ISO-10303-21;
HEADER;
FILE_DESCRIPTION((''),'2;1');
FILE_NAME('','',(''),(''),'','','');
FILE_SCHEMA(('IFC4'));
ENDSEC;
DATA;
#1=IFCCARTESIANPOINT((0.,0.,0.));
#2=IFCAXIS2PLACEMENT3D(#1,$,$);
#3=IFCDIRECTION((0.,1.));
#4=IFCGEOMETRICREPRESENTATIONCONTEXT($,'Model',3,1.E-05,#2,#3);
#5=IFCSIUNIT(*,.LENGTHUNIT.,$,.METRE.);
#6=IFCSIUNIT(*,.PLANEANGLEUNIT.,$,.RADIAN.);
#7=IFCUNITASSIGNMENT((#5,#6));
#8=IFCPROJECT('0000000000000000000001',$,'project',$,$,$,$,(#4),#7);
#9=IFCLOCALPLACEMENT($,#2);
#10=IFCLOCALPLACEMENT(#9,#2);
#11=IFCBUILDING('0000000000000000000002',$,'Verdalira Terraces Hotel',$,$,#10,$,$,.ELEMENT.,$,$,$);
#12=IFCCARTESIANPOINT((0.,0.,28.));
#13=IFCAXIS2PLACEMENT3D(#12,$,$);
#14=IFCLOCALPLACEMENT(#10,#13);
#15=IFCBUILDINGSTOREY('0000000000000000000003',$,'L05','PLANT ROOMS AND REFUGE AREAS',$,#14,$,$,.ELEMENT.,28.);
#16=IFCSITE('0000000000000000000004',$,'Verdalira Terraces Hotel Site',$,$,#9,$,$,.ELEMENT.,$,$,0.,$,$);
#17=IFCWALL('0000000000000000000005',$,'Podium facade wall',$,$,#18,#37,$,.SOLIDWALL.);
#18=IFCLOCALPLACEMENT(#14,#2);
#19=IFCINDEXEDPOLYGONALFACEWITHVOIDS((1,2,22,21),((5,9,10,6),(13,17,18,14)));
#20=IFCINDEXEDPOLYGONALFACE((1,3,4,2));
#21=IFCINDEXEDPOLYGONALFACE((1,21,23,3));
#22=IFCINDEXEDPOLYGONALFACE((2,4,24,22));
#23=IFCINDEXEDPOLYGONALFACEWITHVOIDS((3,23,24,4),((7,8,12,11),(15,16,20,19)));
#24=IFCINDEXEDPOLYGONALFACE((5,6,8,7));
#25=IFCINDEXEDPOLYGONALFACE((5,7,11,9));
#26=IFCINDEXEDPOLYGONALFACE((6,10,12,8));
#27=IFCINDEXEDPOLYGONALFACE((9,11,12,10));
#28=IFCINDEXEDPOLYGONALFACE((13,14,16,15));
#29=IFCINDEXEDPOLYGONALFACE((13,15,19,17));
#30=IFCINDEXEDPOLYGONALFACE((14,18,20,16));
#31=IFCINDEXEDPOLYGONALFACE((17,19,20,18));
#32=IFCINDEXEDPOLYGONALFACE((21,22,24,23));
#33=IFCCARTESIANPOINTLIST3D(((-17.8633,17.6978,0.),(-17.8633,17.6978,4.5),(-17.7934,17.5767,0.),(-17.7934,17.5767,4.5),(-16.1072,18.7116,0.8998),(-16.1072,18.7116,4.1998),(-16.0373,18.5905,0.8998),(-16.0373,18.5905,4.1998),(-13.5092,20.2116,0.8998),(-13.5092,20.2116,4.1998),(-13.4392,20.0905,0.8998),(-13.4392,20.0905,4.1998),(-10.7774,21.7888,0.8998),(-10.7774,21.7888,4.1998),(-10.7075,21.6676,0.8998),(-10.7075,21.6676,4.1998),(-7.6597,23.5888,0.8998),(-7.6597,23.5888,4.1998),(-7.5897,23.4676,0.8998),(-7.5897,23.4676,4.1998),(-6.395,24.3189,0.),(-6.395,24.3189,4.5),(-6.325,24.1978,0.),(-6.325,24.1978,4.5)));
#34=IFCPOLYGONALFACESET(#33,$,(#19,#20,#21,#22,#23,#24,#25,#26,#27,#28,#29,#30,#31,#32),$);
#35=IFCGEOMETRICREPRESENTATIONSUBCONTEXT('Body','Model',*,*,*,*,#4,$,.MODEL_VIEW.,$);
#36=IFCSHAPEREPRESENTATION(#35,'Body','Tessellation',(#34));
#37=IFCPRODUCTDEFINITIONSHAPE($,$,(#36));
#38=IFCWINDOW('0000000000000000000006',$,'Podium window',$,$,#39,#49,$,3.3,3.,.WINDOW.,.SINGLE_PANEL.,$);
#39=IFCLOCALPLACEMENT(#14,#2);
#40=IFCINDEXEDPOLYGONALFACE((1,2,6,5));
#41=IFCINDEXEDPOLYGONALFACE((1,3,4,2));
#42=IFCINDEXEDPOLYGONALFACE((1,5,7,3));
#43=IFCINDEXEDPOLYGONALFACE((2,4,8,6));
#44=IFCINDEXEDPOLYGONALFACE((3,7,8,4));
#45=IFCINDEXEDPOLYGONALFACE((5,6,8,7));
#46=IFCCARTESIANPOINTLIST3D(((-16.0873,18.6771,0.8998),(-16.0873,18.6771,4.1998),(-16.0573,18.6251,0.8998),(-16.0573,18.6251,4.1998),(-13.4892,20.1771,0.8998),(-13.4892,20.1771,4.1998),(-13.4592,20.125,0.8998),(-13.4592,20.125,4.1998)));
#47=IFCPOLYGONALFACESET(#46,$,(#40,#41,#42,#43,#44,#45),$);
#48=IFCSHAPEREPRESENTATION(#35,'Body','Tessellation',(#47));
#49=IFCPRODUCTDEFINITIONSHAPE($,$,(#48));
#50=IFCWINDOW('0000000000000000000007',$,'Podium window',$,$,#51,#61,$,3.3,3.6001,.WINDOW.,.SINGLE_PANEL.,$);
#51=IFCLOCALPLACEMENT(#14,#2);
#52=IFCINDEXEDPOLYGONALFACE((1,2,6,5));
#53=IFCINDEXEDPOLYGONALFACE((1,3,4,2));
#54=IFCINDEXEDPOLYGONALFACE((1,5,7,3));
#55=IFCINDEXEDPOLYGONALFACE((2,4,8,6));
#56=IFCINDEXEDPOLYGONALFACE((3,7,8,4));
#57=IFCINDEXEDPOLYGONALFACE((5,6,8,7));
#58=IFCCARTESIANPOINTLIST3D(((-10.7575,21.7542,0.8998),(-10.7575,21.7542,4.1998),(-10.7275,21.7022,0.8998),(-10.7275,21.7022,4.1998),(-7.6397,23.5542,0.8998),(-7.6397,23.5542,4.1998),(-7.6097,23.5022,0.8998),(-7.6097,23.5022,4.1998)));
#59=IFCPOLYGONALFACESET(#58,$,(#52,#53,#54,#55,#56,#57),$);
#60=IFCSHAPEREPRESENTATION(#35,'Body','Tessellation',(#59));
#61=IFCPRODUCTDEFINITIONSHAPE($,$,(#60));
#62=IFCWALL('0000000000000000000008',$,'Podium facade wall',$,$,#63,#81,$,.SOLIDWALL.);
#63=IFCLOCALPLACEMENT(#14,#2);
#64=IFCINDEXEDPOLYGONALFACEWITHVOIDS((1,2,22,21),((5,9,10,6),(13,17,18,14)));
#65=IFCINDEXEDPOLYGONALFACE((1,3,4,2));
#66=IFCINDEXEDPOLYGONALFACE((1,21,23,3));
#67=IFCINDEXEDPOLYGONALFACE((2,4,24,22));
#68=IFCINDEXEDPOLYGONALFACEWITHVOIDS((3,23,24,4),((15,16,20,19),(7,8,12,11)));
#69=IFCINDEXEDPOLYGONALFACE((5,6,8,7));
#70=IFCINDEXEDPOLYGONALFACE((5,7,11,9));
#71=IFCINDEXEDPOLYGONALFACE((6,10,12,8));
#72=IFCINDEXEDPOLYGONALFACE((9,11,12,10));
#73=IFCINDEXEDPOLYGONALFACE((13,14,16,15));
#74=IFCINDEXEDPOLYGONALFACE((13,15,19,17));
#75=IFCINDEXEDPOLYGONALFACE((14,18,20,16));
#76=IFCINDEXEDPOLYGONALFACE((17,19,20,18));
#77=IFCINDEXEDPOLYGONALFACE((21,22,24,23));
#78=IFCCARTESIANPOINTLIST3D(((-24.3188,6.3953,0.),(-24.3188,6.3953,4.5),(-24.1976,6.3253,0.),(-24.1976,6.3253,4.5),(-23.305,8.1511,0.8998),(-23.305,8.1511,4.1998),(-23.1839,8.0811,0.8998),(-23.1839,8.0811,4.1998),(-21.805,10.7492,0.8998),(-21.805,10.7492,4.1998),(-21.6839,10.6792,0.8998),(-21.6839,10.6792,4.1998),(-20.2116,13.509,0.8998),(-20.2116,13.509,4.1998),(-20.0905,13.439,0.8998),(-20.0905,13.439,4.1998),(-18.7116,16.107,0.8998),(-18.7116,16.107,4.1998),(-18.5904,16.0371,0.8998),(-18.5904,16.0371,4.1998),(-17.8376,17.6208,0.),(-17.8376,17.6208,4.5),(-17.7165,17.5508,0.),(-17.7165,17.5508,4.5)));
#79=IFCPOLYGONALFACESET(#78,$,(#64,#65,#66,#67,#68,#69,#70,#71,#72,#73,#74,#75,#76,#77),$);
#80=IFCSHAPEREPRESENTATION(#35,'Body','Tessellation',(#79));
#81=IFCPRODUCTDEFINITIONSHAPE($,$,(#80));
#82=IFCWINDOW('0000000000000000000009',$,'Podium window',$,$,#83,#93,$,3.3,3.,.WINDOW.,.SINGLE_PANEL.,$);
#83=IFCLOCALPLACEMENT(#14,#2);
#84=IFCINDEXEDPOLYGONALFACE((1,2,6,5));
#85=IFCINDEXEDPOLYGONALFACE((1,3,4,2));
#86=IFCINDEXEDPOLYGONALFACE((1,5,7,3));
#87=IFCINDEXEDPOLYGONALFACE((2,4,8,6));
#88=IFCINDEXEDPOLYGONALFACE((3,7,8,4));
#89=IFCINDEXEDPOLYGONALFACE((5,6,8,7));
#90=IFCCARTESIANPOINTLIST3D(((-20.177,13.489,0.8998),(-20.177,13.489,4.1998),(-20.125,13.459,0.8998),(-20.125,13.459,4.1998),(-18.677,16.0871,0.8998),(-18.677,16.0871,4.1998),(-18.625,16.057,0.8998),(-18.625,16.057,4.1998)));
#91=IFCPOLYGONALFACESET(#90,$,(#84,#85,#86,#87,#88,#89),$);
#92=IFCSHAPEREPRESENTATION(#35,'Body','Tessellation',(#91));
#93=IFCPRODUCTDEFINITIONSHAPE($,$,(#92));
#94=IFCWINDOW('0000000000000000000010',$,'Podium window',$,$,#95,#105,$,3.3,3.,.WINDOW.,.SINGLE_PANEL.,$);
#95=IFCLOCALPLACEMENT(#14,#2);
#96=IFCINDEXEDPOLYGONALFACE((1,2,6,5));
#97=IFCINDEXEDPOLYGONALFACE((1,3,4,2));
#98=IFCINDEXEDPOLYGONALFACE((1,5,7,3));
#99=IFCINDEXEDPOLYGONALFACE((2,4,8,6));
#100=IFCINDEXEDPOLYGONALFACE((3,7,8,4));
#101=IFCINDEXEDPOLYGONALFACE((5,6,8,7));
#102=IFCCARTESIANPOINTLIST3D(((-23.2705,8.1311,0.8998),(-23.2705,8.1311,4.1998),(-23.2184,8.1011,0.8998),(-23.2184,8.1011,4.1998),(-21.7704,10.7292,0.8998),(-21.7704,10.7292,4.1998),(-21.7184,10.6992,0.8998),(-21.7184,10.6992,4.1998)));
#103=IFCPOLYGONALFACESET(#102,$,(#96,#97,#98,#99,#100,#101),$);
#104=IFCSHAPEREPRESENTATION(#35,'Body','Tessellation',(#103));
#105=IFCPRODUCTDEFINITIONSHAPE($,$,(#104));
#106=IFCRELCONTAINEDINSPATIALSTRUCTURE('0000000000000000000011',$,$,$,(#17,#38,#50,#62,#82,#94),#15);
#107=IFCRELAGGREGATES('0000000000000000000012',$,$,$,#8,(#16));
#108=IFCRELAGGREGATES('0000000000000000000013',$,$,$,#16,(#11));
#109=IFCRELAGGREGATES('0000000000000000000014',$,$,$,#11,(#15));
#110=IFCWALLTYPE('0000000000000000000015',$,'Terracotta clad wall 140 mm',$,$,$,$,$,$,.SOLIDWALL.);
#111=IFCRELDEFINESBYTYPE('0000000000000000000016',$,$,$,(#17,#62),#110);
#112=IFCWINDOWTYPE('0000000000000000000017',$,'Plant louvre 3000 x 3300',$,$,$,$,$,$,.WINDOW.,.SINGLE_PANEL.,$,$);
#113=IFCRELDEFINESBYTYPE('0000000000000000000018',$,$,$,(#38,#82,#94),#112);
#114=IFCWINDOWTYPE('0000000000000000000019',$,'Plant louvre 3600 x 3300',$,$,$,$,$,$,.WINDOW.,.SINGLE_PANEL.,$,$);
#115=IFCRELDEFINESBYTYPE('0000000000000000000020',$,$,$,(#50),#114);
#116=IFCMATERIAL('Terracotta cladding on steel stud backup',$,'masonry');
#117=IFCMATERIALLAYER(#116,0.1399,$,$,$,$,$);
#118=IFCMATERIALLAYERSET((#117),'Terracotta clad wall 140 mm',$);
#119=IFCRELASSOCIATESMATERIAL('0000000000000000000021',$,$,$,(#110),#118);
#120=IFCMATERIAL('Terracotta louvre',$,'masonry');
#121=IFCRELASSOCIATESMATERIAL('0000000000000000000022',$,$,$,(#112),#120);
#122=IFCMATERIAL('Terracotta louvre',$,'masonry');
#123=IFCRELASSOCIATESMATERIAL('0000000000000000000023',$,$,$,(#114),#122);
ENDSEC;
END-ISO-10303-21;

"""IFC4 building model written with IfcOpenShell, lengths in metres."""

from ifc_helpers import new_model, si_unit, direction, frame, frame_2d, origin, place, context, subcontext, project, spatial, rectangle, extrude, material, layer, layer_set, type_object, element, fill, save


model = new_model("IFC4")

# Units and contexts
model_context = context("Model", 3, precision=1e-05, world=origin(), true_north=direction((0.0, 1.0)))
body_context = subcontext(model_context, "Body", "Model", "MODEL_VIEW")
ifc_project = project(units=[si_unit("LENGTHUNIT", "METRE"), si_unit("PLANEANGLEUNIT", "RADIAN")], contexts=[model_context])

# Site, building, storey
site_placement = place(None, origin())
site = spatial("IfcSite", under=ifc_project, at=site_placement, Name="Verdalira Terraces Hotel Site", CompositionType="ELEMENT", RefElevation=0.0)
building_placement = place(site_placement, origin())
building = spatial("IfcBuilding", under=site, at=building_placement, Name="Verdalira Terraces Hotel", CompositionType="ELEMENT")
storey_placement = place(building_placement, frame((0.0, 0.0, 28.0)))
storey = spatial("IfcBuildingStorey", under=building, at=storey_placement, Name="L05", Description="PLANT ROOMS AND REFUGE AREAS", CompositionType="ELEMENT", Elevation=28.0)

# Walls, openings, windows
ifc_material_1 = material(Name="Terracotta cladding on steel stud backup", Category="masonry")
ifc_layer_1 = layer(ifc_material_1, 0.1399)
ifc_layer_set_1 = layer_set([ifc_layer_1], Name="Terracotta clad wall 140 mm")
wall_type_1 = type_object("IfcWallType", Name="Terracotta clad wall 140 mm", PredefinedType="SOLIDWALL", material=ifc_layer_set_1)
wall_1_placement = place(storey_placement, frame((-6.3601, 24.2583, 0.0), z_axis=(0.0, 0.0, 1.0), x_axis=(-0.866029, -0.499994, 0.0)))
wall_1 = element("IfcWall", 1, at=wall_1_placement, inside=storey, type_object=wall_type_1, Name="Podium facade wall", PredefinedType="SOLIDWALL", context=body_context, shape_type="SweptSolid", body=[
    extrude(rectangle(XDim=13.2424, YDim=0.1399, at=frame_2d((6.6211, 0.0))), origin(), (0.0, 0.0, 1.0), 4.5),
])
opening_1_placement = place(wall_1_placement, frame((1.4602, 0.0, 0.8999)))
opening_1 = element("IfcOpeningElement", 2, at=opening_1_placement, cuts=wall_1, PredefinedType="OPENING", context=body_context, shape_type="SweptSolid", body=[
    extrude(rectangle(XDim=3.6001, YDim=3.3, at=frame_2d((1.8, 1.6499))), frame((0.0, 0.0798, 0.0), z_axis=(0.0, -1.0, 0.0), x_axis=(1.0, 0.0, 0.0)), (0.0, 0.0, 1.0), 0.1599),
])
opening_2_placement = place(wall_1_placement, frame((8.2146, 0.0, 0.8999)))
opening_2 = element("IfcOpeningElement", 3, at=opening_2_placement, cuts=wall_1, PredefinedType="OPENING", context=body_context, shape_type="SweptSolid", body=[
    extrude(rectangle(XDim=3.0, YDim=3.3, at=frame_2d((1.5, 1.6499))), frame((0.0, 0.0798, 0.0), z_axis=(0.0, -1.0, 0.0), x_axis=(1.0, 0.0, 0.0)), (0.0, 0.0, 1.0), 0.1599),
])
ifc_material_2 = material(Name="Terracotta louvre", Category="masonry")
window_type_1 = type_object("IfcWindowType", Name="Plant louvre 3000 x 3300", PartitioningType="SINGLE_PANEL", PredefinedType="WINDOW", material=ifc_material_2)
window_1_placement = place(opening_2_placement, origin())
window_1 = element("IfcWindow", 4, at=window_1_placement, inside=storey, type_object=window_type_1, Name="Podium window", OverallHeight=3.3, OverallWidth=3.0, PartitioningType="SINGLE_PANEL", PredefinedType="WINDOW", context=body_context, shape_type="SweptSolid", body=[
    extrude(rectangle(XDim=3.0, YDim=3.3, at=frame_2d((1.5, 1.6499))), frame((0.0, 0.03, 0.0), z_axis=(0.0, -1.0, 0.0), x_axis=(1.0, 0.0, 0.0)), (0.0, 0.0, 1.0), 0.0601),
])
fill(opening_2, window_1)
ifc_material_3 = material(Name="Terracotta louvre", Category="masonry")
window_type_2 = type_object("IfcWindowType", Name="Plant louvre 3600 x 3300", PartitioningType="SINGLE_PANEL", PredefinedType="WINDOW", material=ifc_material_3)
window_2_placement = place(opening_1_placement, origin())
window_2 = element("IfcWindow", 5, at=window_2_placement, inside=storey, type_object=window_type_2, Name="Podium window", OverallHeight=3.3, OverallWidth=3.6001, PartitioningType="SINGLE_PANEL", PredefinedType="WINDOW", context=body_context, shape_type="SweptSolid", body=[
    extrude(rectangle(XDim=3.6001, YDim=3.3, at=frame_2d((1.8, 1.6499))), frame((0.0, 0.03, 0.0), z_axis=(0.0, -1.0, 0.0), x_axis=(1.0, 0.0, 0.0)), (0.0, 0.0, 1.0), 0.0601),
])
fill(opening_1, window_2)
wall_2_placement = place(storey_placement, frame((-17.7771, 17.5857, 0.0), z_axis=(0.0, 0.0, 1.0), x_axis=(-0.500006, -0.866022, 0.0)))
wall_2 = element("IfcWall", 6, at=wall_2_placement, inside=storey, type_object=wall_type_1, Name="Podium facade wall", PredefinedType="SOLIDWALL", context=body_context, shape_type="SweptSolid", body=[
    extrude(rectangle(XDim=12.9622, YDim=0.1399, at=frame_2d((6.481, 0.0))), origin(), (0.0, 0.0, 1.0), 4.5),
])
opening_3_placement = place(wall_2_placement, frame((1.7478, 0.0, 0.8999)))
opening_3 = element("IfcOpeningElement", 7, at=opening_3_placement, cuts=wall_2, PredefinedType="OPENING", context=body_context, shape_type="SweptSolid", body=[
    extrude(rectangle(XDim=3.0, YDim=3.3, at=frame_2d((1.5, 1.6499))), frame((0.0, 0.0798, 0.0), z_axis=(0.0, -1.0, 0.0), x_axis=(1.0, 0.0, 0.0)), (0.0, 0.0, 1.0), 0.1599),
])
opening_4_placement = place(wall_2_placement, frame((7.9346, 0.0, 0.8999)))
opening_4 = element("IfcOpeningElement", 8, at=opening_4_placement, cuts=wall_2, PredefinedType="OPENING", context=body_context, shape_type="SweptSolid", body=[
    extrude(rectangle(XDim=3.0, YDim=3.3, at=frame_2d((1.5, 1.6499))), frame((0.0, 0.0798, 0.0), z_axis=(0.0, -1.0, 0.0), x_axis=(1.0, 0.0, 0.0)), (0.0, 0.0, 1.0), 0.1599),
])
window_3_placement = place(opening_3_placement, origin())
window_3 = element("IfcWindow", 9, at=window_3_placement, inside=storey, type_object=window_type_1, Name="Podium window", OverallHeight=3.3, OverallWidth=3.0, PartitioningType="SINGLE_PANEL", PredefinedType="WINDOW", context=body_context, shape_type="SweptSolid", body=[
    extrude(rectangle(XDim=3.0, YDim=3.3, at=frame_2d((1.5, 1.6499))), frame((0.0, 0.03, 0.0), z_axis=(0.0, -1.0, 0.0), x_axis=(1.0, 0.0, 0.0)), (0.0, 0.0, 1.0), 0.0601),
])
fill(opening_3, window_3)
window_4_placement = place(opening_4_placement, origin())
window_4 = element("IfcWindow", 10, at=window_4_placement, inside=storey, type_object=window_type_1, Name="Podium window", OverallHeight=3.3, OverallWidth=3.0, PartitioningType="SINGLE_PANEL", PredefinedType="WINDOW", context=body_context, shape_type="SweptSolid", body=[
    extrude(rectangle(XDim=3.0, YDim=3.3, at=frame_2d((1.5, 1.6499))), frame((0.0, 0.03, 0.0), z_axis=(0.0, -1.0, 0.0), x_axis=(1.0, 0.0, 0.0)), (0.0, 0.0, 1.0), 0.0601),
])
fill(opening_4, window_4)

save(model, "model.ifc")
